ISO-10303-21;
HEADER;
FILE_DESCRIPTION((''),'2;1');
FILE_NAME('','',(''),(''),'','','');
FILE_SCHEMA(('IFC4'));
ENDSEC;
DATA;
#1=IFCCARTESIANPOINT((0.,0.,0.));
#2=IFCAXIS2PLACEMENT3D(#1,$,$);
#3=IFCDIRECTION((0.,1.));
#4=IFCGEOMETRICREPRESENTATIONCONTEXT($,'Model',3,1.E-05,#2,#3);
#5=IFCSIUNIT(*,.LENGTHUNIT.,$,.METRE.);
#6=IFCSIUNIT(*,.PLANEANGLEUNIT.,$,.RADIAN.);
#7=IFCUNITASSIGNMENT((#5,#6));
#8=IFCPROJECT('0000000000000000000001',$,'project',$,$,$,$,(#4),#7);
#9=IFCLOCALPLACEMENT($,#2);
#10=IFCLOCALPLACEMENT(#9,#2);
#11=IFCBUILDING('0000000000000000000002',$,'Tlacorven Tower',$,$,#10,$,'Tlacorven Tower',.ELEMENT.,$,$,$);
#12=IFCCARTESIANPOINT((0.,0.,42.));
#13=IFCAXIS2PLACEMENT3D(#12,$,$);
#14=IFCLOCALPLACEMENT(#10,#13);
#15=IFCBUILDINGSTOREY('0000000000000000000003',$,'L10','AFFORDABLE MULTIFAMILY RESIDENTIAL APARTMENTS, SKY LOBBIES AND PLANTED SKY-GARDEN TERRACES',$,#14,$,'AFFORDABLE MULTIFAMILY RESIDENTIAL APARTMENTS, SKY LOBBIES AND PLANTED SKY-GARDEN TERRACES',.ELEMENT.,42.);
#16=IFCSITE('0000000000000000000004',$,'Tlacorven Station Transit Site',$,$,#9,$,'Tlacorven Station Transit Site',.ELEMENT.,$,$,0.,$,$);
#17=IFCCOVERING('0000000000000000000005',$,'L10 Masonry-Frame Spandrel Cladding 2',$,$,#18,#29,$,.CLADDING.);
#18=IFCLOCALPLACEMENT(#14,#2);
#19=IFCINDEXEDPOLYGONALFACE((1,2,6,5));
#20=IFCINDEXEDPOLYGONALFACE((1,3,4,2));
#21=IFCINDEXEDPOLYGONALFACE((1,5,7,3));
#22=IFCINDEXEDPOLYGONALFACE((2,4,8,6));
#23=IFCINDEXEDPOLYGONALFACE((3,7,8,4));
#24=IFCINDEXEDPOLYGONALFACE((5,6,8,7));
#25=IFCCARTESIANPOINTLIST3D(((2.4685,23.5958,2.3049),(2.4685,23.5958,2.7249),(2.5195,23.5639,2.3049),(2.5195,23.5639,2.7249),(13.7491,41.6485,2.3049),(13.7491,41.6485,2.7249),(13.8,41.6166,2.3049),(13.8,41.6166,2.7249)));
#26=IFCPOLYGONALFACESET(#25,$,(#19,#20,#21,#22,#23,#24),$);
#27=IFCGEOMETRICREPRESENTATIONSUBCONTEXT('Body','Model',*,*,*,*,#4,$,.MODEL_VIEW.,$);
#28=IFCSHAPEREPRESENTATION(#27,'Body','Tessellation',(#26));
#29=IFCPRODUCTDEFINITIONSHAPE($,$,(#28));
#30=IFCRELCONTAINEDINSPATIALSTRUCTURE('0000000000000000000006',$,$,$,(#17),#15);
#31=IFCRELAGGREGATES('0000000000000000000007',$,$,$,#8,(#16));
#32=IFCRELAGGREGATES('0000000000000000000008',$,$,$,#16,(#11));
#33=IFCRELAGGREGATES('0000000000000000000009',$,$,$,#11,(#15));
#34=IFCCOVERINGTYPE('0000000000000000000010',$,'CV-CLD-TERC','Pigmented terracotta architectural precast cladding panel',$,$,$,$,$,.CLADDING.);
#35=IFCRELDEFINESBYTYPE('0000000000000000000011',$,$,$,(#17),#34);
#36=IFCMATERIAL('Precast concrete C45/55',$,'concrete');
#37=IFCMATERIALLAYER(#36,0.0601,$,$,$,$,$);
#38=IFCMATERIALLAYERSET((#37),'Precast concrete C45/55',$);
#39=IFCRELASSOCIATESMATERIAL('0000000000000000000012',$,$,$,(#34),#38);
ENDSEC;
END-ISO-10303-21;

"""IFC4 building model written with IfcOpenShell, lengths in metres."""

from ifc_helpers import new_model, si_unit, direction, frame, origin, origin_2d, place, context, subcontext, project, spatial, rectangle, extrude, source, transform, mapped, material, layer, layer_set, type_object, element, save


model = new_model("IFC4")

# Units and contexts
model_context = context("Model", 3, precision=1e-05, world=origin(), true_north=direction((0.0, 1.0)))
body_context = subcontext(model_context, "Body", "Model", "MODEL_VIEW")
ifc_project = project(units=[si_unit("LENGTHUNIT", "METRE"), si_unit("PLANEANGLEUNIT", "RADIAN")], contexts=[model_context])

# Site, building, storey
site_placement = place(None, origin())
site = spatial("IfcSite", under=ifc_project, at=site_placement, Name="Tlacorven Station Transit Site", LongName="Tlacorven Station Transit Site", CompositionType="ELEMENT", RefElevation=0.0)
building_placement = place(site_placement, origin())
building = spatial("IfcBuilding", under=site, at=building_placement, Name="Tlacorven Tower", LongName="Tlacorven Tower", CompositionType="ELEMENT")
storey_placement = place(building_placement, frame((0.0, 0.0, 42.0)))
storey = spatial("IfcBuildingStorey", under=building, at=storey_placement, Name="L10", Description="AFFORDABLE MULTIFAMILY RESIDENTIAL APARTMENTS, SKY LOBBIES AND PLANTED SKY-GARDEN TERRACES", LongName="AFFORDABLE MULTIFAMILY RESIDENTIAL APARTMENTS, SKY LOBBIES AND PLANTED SKY-GARDEN TERRACES", CompositionType="ELEMENT", Elevation=42.0)

# Shared definitions
ifc_material_1 = material(Name="Precast concrete C45/55", Category="concrete")

# Covering
ifc_layer_1 = layer(ifc_material_1, 0.0601)
ifc_layer_set_1 = layer_set([ifc_layer_1], Name="Precast concrete C45/55")
covering_type = type_object("IfcCoveringType", Name="CV-CLD-TERC", Description="Pigmented terracotta architectural precast cladding panel", PredefinedType="CLADDING", material=ifc_layer_set_1)
shared_shape_1 = source(origin(), body_context, "Body", "SweptSolid", [
    extrude(rectangle(XDim=21.2874, YDim=0.0601, at=origin_2d()), origin(), (0.0, 0.0, 1.0), 0.4199),
])
covering_placement = place(storey_placement, frame((8.1343, 32.6062, 2.3049), z_axis=(0.0, 0.0, 1.0), x_axis=(0.529919, 0.848048, 0.0)))
element("IfcCovering", 1, at=covering_placement, inside=storey, type_object=covering_type, Name="L10 Masonry-Frame Spandrel Cladding 2", PredefinedType="CLADDING", context=body_context, shape_type="MappedRepresentation", body=[
    mapped(shared_shape_1, transform((0.0, 0.0, 0.0), scale=1.0)),
])

save(model, "model.ifc")
